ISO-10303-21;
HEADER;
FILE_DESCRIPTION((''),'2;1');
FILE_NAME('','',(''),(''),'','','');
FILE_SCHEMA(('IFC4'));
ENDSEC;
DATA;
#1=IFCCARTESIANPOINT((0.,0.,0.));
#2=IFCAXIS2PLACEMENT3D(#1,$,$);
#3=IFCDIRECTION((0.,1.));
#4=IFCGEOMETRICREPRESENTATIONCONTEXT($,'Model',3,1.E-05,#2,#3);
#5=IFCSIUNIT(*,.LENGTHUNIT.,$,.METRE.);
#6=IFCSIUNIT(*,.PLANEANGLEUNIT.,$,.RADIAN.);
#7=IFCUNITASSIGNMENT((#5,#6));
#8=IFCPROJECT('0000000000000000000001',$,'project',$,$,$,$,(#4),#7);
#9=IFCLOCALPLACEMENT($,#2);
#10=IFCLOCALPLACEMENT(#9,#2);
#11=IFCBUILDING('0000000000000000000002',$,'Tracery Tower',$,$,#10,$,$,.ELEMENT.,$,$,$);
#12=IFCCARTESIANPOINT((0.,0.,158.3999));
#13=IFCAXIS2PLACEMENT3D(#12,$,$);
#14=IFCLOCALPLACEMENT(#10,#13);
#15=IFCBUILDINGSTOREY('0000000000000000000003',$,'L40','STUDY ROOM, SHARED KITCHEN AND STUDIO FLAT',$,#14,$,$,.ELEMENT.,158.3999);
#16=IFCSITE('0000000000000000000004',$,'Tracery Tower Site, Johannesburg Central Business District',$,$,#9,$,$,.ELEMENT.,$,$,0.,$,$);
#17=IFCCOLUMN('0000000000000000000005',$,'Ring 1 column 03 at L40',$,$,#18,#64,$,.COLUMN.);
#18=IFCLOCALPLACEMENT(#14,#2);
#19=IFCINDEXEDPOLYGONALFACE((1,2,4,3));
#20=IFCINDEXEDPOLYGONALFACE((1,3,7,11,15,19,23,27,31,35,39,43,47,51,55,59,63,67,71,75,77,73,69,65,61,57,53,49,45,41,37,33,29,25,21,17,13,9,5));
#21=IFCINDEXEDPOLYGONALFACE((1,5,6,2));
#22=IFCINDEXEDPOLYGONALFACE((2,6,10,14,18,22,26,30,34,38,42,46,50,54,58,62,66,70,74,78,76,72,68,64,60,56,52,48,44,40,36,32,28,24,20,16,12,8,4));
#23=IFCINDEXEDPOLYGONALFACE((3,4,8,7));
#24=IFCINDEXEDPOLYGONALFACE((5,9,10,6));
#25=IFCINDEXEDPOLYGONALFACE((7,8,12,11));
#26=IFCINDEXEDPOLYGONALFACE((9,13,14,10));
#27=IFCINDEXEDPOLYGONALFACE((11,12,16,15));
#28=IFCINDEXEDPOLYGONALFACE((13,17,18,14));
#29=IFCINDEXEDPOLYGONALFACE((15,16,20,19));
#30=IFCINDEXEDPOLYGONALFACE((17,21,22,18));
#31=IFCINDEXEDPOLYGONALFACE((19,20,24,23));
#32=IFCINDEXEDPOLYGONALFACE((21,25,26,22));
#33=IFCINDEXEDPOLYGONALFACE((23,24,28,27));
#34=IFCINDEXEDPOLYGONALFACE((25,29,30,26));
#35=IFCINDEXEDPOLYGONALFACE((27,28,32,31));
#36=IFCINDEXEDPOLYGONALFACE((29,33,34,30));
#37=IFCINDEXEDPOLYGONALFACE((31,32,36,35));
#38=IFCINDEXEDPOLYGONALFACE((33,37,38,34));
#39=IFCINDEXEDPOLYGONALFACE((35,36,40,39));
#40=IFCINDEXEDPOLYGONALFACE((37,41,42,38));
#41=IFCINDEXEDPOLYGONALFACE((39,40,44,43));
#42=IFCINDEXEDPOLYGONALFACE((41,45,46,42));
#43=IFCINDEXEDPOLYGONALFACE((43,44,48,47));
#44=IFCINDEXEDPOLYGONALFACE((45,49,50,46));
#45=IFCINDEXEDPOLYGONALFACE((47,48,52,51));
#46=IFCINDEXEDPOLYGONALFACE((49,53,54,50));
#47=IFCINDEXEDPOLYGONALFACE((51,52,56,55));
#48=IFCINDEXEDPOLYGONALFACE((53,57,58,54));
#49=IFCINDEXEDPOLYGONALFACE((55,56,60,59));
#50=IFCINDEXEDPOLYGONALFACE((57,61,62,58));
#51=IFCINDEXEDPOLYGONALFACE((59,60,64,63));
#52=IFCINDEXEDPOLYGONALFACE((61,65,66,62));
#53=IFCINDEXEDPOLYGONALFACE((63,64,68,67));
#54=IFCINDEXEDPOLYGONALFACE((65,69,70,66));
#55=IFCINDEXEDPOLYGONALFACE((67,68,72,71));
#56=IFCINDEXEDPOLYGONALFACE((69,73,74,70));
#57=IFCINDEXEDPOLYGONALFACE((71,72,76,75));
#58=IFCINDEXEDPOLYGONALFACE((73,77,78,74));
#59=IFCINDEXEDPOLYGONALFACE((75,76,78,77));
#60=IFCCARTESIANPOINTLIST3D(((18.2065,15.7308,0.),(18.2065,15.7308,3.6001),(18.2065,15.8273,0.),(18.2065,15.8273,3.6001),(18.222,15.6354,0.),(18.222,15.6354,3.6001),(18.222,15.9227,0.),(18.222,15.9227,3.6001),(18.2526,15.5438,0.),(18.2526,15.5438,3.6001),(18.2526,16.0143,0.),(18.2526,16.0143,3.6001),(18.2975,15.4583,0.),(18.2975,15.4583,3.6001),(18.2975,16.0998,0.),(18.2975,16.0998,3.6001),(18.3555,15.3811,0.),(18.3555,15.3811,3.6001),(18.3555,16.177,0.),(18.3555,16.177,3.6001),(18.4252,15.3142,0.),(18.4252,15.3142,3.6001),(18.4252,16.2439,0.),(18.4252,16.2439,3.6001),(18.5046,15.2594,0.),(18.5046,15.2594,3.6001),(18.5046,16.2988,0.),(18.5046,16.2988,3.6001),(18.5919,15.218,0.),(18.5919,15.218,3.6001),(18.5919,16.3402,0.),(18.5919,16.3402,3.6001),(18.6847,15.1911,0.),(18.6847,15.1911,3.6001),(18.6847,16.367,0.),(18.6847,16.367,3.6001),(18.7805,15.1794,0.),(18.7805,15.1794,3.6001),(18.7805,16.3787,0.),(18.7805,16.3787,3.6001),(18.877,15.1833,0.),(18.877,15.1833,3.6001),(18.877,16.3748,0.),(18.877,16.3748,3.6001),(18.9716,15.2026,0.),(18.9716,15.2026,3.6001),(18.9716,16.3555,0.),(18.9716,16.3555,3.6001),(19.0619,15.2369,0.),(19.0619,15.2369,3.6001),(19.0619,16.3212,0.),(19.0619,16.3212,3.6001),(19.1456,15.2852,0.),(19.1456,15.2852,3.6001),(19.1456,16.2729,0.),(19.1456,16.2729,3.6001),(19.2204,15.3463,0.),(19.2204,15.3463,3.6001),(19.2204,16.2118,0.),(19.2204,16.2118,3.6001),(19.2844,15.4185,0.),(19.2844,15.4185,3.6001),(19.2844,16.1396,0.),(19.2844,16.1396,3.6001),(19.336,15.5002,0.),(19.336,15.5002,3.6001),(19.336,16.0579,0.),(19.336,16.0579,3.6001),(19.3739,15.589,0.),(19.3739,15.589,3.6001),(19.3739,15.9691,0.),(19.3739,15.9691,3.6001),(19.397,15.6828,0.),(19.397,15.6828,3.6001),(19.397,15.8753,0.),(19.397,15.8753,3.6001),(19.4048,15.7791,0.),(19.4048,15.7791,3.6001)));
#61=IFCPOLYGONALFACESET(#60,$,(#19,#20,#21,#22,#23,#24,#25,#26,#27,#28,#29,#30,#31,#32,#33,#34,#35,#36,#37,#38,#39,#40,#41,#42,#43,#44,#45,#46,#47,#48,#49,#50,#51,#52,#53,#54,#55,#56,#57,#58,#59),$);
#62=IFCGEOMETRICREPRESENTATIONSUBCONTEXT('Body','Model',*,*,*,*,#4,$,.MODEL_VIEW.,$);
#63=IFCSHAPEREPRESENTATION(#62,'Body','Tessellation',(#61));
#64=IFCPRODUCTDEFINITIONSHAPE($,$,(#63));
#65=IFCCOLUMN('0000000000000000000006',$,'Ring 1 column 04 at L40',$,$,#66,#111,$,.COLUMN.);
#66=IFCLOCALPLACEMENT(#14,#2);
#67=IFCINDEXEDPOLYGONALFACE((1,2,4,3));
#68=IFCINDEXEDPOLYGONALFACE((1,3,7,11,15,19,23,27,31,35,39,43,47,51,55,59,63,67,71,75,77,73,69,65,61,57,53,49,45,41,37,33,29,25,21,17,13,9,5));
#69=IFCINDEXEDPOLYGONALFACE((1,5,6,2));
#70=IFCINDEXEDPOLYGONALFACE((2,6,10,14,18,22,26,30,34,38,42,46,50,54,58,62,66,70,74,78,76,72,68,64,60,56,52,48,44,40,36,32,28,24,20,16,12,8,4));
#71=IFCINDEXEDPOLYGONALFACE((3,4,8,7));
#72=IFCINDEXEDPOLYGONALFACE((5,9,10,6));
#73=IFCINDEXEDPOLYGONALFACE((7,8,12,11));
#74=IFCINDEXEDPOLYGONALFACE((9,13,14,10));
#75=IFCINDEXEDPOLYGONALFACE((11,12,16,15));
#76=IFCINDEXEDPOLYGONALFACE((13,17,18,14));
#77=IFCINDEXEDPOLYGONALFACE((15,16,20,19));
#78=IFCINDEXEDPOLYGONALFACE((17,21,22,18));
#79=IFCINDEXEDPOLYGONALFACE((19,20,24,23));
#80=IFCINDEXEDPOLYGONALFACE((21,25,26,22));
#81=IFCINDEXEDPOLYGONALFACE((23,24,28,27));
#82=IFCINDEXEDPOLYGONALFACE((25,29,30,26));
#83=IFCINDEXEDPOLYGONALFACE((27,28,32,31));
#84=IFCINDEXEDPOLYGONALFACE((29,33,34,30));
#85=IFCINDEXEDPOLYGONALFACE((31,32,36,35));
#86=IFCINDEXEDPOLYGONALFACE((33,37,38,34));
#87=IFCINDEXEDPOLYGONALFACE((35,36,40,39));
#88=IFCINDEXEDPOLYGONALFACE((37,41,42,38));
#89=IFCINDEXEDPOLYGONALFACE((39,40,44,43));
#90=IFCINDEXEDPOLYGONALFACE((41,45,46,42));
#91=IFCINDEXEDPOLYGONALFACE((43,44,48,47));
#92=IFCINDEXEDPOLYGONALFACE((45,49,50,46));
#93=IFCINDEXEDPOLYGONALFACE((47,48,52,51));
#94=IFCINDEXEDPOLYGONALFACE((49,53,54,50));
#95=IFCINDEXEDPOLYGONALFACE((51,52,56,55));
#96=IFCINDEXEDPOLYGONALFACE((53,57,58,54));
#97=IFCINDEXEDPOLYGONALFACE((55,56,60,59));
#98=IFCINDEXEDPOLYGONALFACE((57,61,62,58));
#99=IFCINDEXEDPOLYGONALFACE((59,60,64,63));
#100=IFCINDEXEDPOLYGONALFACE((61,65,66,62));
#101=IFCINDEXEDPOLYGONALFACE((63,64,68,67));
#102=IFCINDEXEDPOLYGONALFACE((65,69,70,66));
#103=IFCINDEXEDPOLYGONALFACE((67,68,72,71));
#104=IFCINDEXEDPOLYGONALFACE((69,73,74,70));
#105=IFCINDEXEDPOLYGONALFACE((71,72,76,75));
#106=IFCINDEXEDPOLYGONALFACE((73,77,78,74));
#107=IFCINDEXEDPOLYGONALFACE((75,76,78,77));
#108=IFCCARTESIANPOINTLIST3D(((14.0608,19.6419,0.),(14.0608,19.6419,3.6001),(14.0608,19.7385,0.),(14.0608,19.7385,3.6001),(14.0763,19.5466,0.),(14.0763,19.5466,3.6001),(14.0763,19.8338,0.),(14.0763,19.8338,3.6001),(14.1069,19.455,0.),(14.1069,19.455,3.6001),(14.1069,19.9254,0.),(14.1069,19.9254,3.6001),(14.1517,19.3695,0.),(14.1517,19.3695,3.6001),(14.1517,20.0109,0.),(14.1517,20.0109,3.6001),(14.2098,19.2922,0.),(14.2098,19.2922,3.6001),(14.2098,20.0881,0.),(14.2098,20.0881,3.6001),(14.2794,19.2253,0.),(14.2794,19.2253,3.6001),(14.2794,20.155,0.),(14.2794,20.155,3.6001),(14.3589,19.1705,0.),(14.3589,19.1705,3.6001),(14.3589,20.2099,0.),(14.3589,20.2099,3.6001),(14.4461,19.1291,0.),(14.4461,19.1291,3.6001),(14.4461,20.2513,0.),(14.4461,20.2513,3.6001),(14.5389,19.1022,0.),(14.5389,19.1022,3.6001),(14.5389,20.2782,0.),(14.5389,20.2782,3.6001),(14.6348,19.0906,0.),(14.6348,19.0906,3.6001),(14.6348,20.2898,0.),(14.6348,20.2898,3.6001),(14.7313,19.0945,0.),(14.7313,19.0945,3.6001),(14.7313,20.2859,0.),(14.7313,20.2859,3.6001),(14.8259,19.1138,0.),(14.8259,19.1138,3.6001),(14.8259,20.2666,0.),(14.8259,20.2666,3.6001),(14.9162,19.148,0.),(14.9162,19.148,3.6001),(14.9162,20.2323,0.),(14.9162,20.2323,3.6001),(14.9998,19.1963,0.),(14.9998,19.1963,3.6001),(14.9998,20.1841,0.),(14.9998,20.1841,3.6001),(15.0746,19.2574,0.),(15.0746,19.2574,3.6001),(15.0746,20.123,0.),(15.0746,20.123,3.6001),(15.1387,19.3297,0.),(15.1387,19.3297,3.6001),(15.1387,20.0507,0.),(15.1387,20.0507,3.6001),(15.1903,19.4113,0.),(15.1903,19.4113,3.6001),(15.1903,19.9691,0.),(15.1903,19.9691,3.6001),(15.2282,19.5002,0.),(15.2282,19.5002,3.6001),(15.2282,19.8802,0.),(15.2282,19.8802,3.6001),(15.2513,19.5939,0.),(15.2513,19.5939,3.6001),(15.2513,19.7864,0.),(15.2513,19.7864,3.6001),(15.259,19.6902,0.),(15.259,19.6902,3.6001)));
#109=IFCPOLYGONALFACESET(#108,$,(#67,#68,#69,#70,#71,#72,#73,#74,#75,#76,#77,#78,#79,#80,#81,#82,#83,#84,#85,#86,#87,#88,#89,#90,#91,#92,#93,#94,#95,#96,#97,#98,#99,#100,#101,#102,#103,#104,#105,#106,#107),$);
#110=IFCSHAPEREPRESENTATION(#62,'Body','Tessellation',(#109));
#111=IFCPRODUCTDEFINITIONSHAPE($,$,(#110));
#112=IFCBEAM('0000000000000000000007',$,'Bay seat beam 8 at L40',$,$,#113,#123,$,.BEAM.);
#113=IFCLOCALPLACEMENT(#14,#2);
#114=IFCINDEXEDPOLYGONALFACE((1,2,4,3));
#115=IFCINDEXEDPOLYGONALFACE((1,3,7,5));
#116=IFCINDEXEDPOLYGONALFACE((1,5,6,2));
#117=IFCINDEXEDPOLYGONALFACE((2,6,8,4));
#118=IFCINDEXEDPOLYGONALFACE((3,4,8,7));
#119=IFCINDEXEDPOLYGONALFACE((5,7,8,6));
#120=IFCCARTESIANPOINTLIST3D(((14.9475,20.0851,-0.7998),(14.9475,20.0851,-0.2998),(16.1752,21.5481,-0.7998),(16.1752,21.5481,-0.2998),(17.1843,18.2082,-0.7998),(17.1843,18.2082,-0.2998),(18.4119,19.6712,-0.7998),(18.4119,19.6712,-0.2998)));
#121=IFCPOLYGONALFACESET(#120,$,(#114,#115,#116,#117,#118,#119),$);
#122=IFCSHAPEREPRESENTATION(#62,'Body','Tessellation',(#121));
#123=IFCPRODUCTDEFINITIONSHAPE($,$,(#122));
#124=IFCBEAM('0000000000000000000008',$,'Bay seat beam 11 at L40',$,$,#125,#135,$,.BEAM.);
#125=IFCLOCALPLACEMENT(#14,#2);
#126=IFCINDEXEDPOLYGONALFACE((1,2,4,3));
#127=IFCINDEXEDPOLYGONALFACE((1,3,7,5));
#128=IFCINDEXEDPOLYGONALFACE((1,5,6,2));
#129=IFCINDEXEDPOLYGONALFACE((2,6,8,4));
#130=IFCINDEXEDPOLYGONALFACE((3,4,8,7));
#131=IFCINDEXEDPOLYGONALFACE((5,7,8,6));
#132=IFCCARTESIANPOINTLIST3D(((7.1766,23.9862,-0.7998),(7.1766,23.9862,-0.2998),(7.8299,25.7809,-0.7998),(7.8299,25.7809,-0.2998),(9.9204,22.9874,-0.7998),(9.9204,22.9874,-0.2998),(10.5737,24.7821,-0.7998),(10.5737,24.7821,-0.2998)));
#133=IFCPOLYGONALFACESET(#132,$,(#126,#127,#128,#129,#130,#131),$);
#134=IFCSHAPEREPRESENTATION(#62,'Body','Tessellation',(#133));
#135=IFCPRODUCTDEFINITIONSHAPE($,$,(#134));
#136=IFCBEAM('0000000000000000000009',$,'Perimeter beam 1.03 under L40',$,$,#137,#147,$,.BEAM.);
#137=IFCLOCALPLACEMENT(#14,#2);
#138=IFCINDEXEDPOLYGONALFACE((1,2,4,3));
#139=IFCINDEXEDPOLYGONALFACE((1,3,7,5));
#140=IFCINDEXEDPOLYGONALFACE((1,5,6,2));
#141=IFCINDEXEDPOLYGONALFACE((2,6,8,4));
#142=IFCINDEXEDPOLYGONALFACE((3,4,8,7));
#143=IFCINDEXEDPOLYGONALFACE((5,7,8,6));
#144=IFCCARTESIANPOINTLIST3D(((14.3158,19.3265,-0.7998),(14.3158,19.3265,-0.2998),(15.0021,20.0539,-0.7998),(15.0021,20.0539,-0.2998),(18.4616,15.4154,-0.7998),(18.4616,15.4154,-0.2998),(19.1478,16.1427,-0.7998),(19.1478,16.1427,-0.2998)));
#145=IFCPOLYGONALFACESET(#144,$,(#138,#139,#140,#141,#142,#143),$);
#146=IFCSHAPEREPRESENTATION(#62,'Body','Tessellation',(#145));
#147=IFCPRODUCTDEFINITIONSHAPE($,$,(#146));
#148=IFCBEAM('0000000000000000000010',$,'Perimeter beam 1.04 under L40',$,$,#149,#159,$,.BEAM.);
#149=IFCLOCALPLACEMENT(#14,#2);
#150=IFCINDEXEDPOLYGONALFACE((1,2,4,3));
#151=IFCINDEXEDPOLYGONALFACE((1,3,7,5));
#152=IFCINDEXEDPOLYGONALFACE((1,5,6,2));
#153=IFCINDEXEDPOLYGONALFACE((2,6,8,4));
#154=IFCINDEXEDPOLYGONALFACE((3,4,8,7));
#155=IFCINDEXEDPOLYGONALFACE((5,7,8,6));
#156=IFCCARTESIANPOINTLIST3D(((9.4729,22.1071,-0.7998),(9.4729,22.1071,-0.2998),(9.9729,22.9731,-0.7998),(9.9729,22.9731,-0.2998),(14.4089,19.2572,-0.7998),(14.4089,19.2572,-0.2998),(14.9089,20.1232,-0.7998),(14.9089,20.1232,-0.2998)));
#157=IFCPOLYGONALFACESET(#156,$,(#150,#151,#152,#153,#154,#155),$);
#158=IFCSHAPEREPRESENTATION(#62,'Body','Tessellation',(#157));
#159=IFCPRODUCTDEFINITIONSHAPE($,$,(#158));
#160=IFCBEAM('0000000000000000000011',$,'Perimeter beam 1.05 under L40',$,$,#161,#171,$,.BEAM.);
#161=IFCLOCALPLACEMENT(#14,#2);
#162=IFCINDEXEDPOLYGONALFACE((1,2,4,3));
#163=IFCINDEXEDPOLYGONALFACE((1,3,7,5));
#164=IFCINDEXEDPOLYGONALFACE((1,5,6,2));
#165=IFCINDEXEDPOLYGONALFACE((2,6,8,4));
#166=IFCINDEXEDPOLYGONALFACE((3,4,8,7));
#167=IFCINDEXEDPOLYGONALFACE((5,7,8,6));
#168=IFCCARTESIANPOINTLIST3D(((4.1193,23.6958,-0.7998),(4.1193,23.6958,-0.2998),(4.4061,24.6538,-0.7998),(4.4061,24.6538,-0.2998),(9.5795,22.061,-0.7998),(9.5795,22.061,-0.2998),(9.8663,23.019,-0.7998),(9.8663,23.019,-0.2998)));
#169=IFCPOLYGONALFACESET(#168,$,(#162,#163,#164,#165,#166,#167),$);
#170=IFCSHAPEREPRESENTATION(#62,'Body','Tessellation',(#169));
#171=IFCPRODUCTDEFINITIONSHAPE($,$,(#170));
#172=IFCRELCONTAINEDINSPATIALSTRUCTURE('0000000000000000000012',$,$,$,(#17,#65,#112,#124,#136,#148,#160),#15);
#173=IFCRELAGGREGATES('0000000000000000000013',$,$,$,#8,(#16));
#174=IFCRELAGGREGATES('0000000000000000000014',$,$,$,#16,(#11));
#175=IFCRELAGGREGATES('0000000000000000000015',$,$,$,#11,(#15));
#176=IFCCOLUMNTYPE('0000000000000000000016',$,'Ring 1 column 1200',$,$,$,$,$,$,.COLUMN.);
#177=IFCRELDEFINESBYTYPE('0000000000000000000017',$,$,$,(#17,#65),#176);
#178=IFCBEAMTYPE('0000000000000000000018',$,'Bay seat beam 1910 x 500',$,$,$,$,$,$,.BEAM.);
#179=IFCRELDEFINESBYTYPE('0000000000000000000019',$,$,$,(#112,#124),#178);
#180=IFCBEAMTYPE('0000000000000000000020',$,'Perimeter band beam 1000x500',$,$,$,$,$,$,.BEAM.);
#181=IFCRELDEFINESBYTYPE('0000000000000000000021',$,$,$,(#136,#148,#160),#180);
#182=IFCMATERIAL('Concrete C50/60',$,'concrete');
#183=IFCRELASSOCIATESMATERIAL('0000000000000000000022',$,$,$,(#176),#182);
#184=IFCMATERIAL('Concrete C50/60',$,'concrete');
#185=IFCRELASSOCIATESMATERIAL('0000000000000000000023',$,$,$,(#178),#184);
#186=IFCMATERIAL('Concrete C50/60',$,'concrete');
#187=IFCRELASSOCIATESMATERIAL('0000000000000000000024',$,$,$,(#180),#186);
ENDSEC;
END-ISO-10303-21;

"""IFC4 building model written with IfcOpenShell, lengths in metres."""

from ifc_helpers import new_model, si_unit, direction, frame, origin, origin_2d, place, context, subcontext, project, spatial, rectangle, circle, extrude, material, material_profile, profile_set, type_object, element, save


model = new_model("IFC4")

# Units and contexts
model_context = context("Model", 3, precision=1e-05, world=origin(), true_north=direction((0.0, 1.0)))
body_context = subcontext(model_context, "Body", "Model", "MODEL_VIEW")
ifc_project = project(units=[si_unit("LENGTHUNIT", "METRE"), si_unit("PLANEANGLEUNIT", "RADIAN")], contexts=[model_context])

# Site, building, storey
site_placement = place(None, origin())
site = spatial("IfcSite", under=ifc_project, at=site_placement, Name="Tracery Tower Site, Johannesburg Central Business District", CompositionType="ELEMENT", RefElevation=0.0)
building_placement = place(site_placement, origin())
building = spatial("IfcBuilding", under=site, at=building_placement, Name="Tracery Tower", CompositionType="ELEMENT")
storey_placement = place(building_placement, frame((0.0, 0.0, 158.3999)))
storey = spatial("IfcBuildingStorey", under=building, at=storey_placement, Name="L40", Description="STUDY ROOM, SHARED KITCHEN AND STUDIO FLAT", CompositionType="ELEMENT", Elevation=158.3999)

# Columns
ifc_material_1 = material(Name="Concrete C50/60", Category="concrete")
ifc_material_profile_1 = material_profile(ifc_material_1, circle(Radius=0.6001, at=origin_2d()), Name="RC D1200")
ifc_profile_set_1 = profile_set([ifc_material_profile_1], Name="Concrete C50/60")
column_type = type_object("IfcColumnType", Name="Ring 1 column 1200", PredefinedType="COLUMN", material=ifc_profile_set_1)
for number, where, z_axis, x_axis, name in (
    (1, (18.8047, 15.7791, 0.0), (0.0, 0.0, 1.0), (1.0, 0.0, 0.0), "Ring 1 column 03 at L40"),
    (2, (14.6589, 19.6902, 0.0), (0.0, 0.0, 1.0), (1.0, 0.0, 0.0), "Ring 1 column 04 at L40"),
):
    element("IfcColumn", number, at=place(storey_placement, frame(where, z_axis=z_axis, x_axis=x_axis)), inside=storey, type_object=column_type, Name=name, PredefinedType="COLUMN", context=body_context, shape_type="SweptSolid", body=[
        extrude(circle(Radius=0.6001, at=origin_2d()), origin(), (0.0, 0.0, 1.0), 3.6001),
    ])

# Beams
ifc_material_2 = material(Name="Concrete C50/60", Category="concrete")
ifc_material_profile_2 = material_profile(ifc_material_2, rectangle(XDim=1.9099, YDim=0.5, at=origin_2d()), Name="RC 1910x500")
ifc_profile_set_2 = profile_set([ifc_material_profile_2], Name="Concrete C50/60")
beam_type_1 = type_object("IfcBeamType", Name="Bay seat beam 1910 x 500", PredefinedType="BEAM", material=ifc_profile_set_2)
for number, where, z_axis, x_axis, name in (
    (3, (17.7981, 18.9397, -0.5498), (-0.766037, 0.642796, 0.0), (-0.642796, -0.766037, 0.0), "Bay seat beam 8 at L40"),
    (4, (10.2471, 23.8848, -0.5498), (-0.939684, 0.342045, 0.0), (-0.342045, -0.939684, 0.0), "Bay seat beam 11 at L40"),
):
    element("IfcBeam", number, at=place(storey_placement, frame(where, z_axis=z_axis, x_axis=x_axis)), inside=storey, type_object=beam_type_1, Name=name, PredefinedType="BEAM", context=body_context, shape_type="SweptSolid", body=[
        extrude(rectangle(XDim=1.9099, YDim=0.5, at=origin_2d()), origin(), (0.0, 0.0, 1.0), 2.9199),
    ])
ifc_material_3 = material(Name="Concrete C50/60", Category="concrete")
ifc_material_profile_3 = material_profile(ifc_material_3, rectangle(XDim=1.0, YDim=0.5, at=origin_2d()), Name="RC 1000x500")
ifc_profile_set_3 = profile_set([ifc_material_profile_3], Name="Concrete C50/60")
beam_type_2 = type_object("IfcBeamType", Name="Perimeter band beam 1000x500", PredefinedType="BEAM", material=ifc_profile_set_3)
beam_placement = place(storey_placement, frame((18.8047, 15.7791, -0.5498), z_axis=(-0.72739, 0.686225, 0.0), x_axis=(-0.686225, -0.72739, 0.0)))
element("IfcBeam", 5, at=beam_placement, inside=storey, type_object=beam_type_2, Name="Perimeter beam 1.03 under L40", PredefinedType="BEAM", context=body_context, shape_type="SweptSolid", body=[
    extrude(rectangle(XDim=1.0, YDim=0.5, at=origin_2d()), origin(), (0.0, 0.0, 1.0), 5.6995),
])
for number, where, z_axis, x_axis, name in (
    (6, (14.6589, 19.6902, -0.5498), (-0.866023, 0.500004, 0.0), (-0.500004, -0.866023, 0.0), "Perimeter beam 1.04 under L40"),
    (7, (9.7229, 22.54, -0.5498), (-0.957985, 0.286817, 0.0), (-0.286817, -0.957985, 0.0), "Perimeter beam 1.05 under L40"),
):
    element("IfcBeam", number, at=place(storey_placement, frame(where, z_axis=z_axis, x_axis=x_axis)), inside=storey, type_object=beam_type_2, Name=name, PredefinedType="BEAM", context=body_context, shape_type="SweptSolid", body=[
        extrude(rectangle(XDim=1.0, YDim=0.5, at=origin_2d()), origin(), (0.0, 0.0, 1.0), 5.6997),
    ])

save(model, "model.ifc")
